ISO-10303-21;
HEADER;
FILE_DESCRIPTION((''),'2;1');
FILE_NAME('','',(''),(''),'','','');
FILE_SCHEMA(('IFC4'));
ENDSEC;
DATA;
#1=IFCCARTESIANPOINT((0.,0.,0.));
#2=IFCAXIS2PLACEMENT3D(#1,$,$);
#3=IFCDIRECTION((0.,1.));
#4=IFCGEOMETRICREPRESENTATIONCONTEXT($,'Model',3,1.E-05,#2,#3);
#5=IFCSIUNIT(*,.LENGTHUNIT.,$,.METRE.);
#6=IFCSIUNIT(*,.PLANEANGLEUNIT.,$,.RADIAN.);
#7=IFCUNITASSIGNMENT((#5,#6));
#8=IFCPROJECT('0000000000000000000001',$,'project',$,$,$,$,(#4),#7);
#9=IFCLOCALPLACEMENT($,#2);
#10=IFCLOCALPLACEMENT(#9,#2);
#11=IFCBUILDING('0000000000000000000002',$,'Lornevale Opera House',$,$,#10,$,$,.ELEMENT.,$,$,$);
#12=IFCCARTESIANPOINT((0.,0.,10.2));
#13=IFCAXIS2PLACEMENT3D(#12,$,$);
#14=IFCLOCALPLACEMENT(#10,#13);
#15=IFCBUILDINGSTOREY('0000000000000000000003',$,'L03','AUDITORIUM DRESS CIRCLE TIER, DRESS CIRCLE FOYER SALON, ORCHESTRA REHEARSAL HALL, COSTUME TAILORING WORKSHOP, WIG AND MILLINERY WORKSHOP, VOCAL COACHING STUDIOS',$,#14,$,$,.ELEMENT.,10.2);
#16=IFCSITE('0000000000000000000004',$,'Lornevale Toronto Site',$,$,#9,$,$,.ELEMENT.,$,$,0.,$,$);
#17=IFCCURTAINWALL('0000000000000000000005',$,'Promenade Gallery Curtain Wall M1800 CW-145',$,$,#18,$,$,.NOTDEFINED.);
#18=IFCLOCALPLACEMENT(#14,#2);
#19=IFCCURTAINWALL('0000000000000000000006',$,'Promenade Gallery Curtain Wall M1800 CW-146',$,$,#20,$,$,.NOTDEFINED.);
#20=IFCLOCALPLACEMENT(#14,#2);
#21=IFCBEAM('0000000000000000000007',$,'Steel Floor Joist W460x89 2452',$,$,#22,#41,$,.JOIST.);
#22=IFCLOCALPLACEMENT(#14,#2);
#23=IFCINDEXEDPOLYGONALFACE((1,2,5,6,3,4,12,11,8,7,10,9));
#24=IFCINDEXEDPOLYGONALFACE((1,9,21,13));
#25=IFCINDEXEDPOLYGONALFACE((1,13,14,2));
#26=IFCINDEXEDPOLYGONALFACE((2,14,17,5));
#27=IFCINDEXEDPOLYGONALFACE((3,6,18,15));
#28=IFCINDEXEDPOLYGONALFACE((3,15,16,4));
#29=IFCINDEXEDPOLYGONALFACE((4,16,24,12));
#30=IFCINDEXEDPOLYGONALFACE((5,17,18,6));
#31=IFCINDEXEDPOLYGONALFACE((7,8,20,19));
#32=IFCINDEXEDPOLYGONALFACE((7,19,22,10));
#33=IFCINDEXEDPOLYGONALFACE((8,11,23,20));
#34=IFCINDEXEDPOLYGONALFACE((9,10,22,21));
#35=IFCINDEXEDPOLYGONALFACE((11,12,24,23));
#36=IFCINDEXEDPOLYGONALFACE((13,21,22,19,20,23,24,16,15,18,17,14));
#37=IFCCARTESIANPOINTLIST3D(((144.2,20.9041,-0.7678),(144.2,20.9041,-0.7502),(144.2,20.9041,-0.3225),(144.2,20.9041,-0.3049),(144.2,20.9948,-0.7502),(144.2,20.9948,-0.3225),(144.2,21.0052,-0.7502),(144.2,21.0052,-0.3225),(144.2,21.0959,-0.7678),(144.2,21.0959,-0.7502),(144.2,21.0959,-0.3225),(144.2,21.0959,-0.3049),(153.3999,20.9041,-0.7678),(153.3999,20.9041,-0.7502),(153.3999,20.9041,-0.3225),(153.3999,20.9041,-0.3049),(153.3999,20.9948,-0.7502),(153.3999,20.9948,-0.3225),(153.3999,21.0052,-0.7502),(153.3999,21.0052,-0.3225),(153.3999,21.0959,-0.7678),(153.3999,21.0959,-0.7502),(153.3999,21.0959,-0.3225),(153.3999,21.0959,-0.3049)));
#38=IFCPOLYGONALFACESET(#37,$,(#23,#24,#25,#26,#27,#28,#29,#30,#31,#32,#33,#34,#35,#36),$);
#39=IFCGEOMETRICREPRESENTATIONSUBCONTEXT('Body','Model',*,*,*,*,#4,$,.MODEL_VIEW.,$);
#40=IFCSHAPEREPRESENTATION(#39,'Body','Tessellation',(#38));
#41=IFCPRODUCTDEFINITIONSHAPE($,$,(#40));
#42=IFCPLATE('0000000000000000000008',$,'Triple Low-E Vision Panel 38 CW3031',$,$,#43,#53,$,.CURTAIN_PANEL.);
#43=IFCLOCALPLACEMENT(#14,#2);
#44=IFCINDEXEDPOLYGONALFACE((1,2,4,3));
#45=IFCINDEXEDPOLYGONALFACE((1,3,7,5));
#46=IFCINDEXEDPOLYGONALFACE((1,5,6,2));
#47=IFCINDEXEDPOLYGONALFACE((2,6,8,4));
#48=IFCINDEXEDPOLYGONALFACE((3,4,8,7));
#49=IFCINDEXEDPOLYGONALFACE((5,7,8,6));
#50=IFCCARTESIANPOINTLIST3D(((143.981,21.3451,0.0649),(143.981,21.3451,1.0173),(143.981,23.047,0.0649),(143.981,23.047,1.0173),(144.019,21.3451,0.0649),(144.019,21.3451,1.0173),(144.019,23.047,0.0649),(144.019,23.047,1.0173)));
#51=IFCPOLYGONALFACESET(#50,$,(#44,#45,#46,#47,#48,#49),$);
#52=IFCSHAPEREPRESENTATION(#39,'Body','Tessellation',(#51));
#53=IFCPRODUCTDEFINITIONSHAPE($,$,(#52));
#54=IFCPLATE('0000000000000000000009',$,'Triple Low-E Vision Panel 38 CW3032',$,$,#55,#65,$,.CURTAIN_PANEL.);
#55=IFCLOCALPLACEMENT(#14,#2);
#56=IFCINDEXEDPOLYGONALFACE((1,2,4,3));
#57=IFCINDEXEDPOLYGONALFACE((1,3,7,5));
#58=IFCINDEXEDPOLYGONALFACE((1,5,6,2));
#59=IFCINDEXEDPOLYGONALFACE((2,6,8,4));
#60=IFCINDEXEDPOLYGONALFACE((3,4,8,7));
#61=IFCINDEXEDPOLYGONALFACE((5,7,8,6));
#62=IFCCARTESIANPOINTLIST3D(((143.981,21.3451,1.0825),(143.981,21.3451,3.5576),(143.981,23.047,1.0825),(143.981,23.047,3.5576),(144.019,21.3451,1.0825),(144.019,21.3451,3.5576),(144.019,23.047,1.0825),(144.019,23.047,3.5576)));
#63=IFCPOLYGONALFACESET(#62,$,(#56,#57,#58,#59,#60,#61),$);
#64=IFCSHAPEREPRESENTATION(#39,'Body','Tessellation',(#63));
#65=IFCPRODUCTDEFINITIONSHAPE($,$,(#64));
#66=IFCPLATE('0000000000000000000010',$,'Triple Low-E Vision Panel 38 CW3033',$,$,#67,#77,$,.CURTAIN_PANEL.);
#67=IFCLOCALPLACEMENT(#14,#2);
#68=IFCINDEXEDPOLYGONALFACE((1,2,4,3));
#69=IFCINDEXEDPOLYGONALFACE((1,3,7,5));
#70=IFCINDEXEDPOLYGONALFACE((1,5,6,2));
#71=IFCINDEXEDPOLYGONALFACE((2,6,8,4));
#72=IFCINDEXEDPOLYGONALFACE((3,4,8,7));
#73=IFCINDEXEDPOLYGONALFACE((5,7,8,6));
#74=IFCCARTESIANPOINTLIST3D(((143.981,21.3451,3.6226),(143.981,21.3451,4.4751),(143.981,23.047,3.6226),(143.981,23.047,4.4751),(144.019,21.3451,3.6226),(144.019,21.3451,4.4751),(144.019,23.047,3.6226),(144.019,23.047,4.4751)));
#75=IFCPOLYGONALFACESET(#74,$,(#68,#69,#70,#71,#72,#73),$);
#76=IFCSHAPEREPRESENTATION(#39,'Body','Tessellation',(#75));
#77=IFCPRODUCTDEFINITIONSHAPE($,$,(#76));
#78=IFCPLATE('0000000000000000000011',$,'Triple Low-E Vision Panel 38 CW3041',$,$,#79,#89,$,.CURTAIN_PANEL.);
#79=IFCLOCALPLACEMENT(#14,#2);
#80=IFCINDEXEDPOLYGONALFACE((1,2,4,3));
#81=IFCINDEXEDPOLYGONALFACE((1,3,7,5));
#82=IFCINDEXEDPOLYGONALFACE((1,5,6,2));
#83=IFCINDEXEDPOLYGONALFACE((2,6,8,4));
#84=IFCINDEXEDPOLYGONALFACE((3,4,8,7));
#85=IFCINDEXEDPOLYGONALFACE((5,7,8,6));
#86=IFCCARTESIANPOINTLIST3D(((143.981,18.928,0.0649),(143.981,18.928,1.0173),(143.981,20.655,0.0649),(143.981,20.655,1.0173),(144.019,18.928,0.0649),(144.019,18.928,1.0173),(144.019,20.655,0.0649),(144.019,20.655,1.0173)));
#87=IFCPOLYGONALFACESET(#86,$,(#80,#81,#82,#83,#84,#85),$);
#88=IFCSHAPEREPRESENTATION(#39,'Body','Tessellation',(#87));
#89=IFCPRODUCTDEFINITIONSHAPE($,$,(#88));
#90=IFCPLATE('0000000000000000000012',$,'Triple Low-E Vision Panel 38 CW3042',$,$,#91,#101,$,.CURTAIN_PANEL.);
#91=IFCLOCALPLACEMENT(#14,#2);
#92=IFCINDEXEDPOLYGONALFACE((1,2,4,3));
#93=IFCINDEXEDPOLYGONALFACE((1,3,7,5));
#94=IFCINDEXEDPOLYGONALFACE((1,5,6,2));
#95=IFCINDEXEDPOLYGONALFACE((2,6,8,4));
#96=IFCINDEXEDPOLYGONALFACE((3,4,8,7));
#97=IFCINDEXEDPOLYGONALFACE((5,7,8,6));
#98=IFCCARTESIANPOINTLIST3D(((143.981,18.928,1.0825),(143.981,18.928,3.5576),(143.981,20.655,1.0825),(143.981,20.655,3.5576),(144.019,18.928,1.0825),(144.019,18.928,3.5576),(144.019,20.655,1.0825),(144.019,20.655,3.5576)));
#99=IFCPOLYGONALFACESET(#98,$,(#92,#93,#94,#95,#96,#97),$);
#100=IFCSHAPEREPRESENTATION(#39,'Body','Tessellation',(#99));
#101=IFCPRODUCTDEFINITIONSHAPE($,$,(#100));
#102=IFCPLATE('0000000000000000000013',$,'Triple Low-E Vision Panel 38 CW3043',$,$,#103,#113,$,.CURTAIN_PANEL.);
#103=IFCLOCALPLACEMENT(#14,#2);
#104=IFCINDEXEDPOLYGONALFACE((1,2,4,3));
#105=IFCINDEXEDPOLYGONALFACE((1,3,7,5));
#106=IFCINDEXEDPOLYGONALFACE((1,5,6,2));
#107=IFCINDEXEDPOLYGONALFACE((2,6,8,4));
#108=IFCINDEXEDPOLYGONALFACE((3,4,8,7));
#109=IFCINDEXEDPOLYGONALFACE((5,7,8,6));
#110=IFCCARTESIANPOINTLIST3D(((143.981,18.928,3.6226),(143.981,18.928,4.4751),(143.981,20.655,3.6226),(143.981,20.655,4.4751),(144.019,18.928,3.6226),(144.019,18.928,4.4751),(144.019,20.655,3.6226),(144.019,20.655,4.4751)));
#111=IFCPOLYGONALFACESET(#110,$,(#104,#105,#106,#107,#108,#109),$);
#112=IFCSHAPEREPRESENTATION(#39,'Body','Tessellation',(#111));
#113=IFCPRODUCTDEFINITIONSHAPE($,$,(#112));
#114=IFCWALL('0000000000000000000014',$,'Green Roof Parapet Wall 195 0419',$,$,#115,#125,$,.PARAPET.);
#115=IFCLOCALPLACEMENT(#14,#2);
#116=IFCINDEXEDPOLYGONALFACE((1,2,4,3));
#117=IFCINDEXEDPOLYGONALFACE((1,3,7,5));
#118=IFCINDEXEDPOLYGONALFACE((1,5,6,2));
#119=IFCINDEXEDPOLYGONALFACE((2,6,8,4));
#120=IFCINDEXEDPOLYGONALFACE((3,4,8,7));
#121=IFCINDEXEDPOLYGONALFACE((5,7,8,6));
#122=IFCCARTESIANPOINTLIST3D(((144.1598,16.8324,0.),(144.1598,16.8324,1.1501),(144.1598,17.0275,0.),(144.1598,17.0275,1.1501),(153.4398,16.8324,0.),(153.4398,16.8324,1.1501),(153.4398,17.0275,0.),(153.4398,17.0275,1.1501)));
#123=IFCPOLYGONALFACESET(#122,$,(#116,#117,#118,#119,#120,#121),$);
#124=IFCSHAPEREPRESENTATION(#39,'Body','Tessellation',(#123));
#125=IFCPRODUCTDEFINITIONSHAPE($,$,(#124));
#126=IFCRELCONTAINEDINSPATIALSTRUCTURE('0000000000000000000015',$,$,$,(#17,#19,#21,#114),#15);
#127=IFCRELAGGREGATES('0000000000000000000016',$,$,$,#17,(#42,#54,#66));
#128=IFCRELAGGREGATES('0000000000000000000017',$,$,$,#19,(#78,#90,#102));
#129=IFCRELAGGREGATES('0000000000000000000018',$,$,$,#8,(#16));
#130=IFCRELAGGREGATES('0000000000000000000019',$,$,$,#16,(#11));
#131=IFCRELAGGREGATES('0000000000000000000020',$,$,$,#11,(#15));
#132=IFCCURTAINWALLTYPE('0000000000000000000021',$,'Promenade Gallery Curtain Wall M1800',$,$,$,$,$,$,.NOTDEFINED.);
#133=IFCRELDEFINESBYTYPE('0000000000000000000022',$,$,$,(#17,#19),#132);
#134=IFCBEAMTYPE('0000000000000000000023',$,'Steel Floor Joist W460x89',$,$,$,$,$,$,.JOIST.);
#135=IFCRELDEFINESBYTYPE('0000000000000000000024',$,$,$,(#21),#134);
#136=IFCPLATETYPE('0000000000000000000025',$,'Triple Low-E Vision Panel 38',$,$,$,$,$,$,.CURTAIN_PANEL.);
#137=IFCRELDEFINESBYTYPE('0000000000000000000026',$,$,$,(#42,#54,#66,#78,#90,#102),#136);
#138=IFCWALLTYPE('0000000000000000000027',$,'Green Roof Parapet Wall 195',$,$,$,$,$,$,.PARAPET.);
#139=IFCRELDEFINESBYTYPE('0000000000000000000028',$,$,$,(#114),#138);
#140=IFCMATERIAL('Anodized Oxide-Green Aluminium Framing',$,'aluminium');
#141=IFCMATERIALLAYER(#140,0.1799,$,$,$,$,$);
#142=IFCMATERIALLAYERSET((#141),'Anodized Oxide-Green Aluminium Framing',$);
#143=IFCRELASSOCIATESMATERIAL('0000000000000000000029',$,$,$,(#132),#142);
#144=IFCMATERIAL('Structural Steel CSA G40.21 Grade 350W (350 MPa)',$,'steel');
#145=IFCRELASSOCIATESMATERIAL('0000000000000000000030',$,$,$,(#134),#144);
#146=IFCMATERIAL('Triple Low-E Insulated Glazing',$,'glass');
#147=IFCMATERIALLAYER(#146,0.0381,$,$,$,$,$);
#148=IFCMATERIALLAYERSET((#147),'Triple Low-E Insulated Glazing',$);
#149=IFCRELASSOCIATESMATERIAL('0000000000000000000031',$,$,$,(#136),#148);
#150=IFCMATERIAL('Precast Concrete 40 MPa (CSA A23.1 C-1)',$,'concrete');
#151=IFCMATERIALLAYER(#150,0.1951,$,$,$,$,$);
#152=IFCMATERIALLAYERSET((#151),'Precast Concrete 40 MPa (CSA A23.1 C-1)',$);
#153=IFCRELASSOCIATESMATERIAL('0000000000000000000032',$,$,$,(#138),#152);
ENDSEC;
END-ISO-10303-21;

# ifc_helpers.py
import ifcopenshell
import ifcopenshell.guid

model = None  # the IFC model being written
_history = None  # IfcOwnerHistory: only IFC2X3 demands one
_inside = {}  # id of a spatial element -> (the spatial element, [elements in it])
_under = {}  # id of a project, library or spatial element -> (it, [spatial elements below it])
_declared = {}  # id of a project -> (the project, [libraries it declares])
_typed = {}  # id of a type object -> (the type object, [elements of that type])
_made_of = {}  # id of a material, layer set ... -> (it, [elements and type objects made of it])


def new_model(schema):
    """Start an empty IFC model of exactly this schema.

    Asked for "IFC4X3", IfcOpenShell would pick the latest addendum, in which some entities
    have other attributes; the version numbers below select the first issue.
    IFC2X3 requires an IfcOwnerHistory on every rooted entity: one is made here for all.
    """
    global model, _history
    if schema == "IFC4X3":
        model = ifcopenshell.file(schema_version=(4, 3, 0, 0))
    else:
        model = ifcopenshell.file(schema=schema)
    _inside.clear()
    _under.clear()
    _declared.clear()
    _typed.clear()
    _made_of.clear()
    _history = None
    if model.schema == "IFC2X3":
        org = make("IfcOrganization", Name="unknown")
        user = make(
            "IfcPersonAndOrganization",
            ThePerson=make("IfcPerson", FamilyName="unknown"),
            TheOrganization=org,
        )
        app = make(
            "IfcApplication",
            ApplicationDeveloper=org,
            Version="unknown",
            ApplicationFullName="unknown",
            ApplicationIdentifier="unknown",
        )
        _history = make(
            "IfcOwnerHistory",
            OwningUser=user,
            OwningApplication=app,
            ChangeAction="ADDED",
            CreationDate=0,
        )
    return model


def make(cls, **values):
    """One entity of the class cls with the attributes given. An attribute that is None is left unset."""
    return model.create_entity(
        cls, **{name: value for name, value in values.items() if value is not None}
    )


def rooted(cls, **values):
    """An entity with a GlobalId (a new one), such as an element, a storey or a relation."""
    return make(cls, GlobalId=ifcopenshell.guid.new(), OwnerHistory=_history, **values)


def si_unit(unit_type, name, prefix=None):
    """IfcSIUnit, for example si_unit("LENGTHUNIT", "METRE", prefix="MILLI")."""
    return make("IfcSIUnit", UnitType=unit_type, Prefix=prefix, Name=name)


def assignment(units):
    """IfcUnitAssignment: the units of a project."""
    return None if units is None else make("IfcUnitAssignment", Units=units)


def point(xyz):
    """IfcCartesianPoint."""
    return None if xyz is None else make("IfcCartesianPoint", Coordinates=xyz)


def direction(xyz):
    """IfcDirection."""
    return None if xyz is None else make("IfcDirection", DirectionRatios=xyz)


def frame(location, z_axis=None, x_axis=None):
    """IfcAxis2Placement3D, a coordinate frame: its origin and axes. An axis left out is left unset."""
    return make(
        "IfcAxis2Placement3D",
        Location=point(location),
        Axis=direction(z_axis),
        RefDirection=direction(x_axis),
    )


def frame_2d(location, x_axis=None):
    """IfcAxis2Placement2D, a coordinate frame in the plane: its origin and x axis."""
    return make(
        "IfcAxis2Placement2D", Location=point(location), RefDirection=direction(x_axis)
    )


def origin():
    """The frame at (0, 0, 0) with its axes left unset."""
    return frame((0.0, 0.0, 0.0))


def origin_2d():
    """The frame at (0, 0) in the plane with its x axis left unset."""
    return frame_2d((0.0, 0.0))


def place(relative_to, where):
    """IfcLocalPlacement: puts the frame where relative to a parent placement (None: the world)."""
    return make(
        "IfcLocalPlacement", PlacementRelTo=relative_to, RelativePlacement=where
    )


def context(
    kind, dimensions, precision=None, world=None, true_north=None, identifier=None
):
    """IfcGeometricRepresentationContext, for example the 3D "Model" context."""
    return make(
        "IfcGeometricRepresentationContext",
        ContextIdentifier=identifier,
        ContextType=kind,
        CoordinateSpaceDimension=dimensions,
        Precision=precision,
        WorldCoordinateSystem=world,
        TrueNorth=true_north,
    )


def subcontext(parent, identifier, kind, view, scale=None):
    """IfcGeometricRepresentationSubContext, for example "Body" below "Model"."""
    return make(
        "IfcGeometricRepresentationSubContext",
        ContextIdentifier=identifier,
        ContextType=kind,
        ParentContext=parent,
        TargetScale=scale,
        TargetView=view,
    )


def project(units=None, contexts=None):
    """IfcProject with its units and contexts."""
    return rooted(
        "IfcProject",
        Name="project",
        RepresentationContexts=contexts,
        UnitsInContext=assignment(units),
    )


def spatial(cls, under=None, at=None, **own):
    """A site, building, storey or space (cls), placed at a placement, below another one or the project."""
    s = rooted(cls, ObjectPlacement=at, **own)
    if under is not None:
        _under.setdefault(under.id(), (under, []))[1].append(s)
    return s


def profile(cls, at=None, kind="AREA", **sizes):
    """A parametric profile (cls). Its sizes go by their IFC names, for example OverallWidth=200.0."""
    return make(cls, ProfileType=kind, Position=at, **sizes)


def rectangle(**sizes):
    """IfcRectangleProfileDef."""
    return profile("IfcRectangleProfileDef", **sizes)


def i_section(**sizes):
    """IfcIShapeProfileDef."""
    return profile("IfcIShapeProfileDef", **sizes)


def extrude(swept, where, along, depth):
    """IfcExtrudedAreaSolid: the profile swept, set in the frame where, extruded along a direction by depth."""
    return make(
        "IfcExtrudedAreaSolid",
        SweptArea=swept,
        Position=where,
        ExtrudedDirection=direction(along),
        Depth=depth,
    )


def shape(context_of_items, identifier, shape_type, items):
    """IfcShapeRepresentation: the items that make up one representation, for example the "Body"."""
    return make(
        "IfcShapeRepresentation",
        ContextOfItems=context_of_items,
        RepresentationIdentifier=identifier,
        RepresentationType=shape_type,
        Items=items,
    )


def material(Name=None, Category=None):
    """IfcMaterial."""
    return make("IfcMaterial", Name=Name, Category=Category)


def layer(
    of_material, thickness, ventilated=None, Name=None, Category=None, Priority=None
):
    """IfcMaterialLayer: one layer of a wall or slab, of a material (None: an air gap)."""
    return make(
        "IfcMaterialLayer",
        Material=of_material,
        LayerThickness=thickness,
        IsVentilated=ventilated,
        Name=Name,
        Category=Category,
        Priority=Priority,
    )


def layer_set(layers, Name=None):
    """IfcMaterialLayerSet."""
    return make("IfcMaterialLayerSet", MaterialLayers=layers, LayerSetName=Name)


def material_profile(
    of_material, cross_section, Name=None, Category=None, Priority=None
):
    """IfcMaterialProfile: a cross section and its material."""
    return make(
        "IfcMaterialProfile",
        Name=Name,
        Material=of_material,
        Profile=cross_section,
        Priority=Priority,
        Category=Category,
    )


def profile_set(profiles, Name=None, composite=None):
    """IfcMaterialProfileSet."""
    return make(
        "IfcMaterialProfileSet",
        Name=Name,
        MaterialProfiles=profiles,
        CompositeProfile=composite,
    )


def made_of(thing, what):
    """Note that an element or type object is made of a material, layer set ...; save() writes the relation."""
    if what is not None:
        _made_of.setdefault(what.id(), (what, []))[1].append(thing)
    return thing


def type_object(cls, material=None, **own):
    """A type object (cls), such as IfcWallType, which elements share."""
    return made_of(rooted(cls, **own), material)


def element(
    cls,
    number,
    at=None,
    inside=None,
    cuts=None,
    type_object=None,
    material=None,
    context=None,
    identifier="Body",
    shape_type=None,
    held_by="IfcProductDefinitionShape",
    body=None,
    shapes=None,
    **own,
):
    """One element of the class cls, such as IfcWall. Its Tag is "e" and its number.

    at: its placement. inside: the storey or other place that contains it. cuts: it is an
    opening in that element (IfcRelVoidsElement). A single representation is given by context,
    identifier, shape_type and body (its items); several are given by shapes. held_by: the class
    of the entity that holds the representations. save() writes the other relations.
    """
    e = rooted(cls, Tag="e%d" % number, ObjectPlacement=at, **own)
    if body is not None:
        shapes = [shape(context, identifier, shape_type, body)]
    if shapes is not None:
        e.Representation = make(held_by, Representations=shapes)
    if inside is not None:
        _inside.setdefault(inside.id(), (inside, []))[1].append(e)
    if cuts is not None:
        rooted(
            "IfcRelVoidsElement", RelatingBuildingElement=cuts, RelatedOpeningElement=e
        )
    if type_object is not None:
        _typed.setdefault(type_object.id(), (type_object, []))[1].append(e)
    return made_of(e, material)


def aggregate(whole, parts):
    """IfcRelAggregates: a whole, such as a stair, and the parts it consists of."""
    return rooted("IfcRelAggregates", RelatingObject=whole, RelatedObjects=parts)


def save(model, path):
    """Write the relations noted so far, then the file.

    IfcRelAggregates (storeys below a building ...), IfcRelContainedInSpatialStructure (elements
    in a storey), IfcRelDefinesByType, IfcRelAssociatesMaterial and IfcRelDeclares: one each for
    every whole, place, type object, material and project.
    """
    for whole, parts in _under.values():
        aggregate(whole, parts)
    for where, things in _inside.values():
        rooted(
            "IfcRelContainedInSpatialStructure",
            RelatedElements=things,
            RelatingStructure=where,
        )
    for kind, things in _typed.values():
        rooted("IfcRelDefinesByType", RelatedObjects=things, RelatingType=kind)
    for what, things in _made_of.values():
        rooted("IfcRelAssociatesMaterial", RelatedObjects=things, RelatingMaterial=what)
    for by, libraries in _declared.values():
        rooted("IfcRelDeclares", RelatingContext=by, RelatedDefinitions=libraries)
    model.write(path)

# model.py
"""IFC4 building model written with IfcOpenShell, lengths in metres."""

from ifc_helpers import new_model, si_unit, direction, frame, frame_2d, origin, origin_2d, place, context, subcontext, project, spatial, rectangle, i_section, extrude, material, layer, layer_set, material_profile, profile_set, type_object, element, aggregate, save


model = new_model("IFC4")

# Units and contexts
model_context = context("Model", 3, precision=1e-05, world=origin(), true_north=direction((0.0, 1.0)))
body_context = subcontext(model_context, "Body", "Model", "MODEL_VIEW")
ifc_project = project(units=[si_unit("LENGTHUNIT", "METRE"), si_unit("PLANEANGLEUNIT", "RADIAN")], contexts=[model_context])

# Site, building, storey
site_placement = place(None, origin())
site = spatial("IfcSite", under=ifc_project, at=site_placement, Name="Lornevale Toronto Site", CompositionType="ELEMENT", RefElevation=0.0)
building_placement = place(site_placement, origin())
building = spatial("IfcBuilding", under=site, at=building_placement, Name="Lornevale Opera House", CompositionType="ELEMENT")
storey_placement = place(building_placement, frame((0.0, 0.0, 10.2)))
storey = spatial("IfcBuildingStorey", under=building, at=storey_placement, Name="L03", Description="AUDITORIUM DRESS CIRCLE TIER, DRESS CIRCLE FOYER SALON, ORCHESTRA REHEARSAL HALL, COSTUME TAILORING WORKSHOP, WIG AND MILLINERY WORKSHOP, VOCAL COACHING STUDIOS", CompositionType="ELEMENT", Elevation=10.2)

# Curtain walls
ifc_material_1 = material(Name="Anodized Oxide-Green Aluminium Framing", Category="aluminium")
ifc_layer_1 = layer(ifc_material_1, 0.1799)
ifc_layer_set_1 = layer_set([ifc_layer_1], Name="Anodized Oxide-Green Aluminium Framing")
curtain_wall_type = type_object("IfcCurtainWallType", Name="Promenade Gallery Curtain Wall M1800", PredefinedType="NOTDEFINED", material=ifc_layer_set_1)
curtain_wall_1_placement = place(storey_placement, origin())
curtain_wall_1 = element("IfcCurtainWall", 1, at=curtain_wall_1_placement, inside=storey, type_object=curtain_wall_type, Name="Promenade Gallery Curtain Wall M1800 CW-145", PredefinedType="NOTDEFINED")
curtain_wall_2_placement = place(storey_placement, origin())
curtain_wall_2 = element("IfcCurtainWall", 2, at=curtain_wall_2_placement, inside=storey, type_object=curtain_wall_type, Name="Promenade Gallery Curtain Wall M1800 CW-146", PredefinedType="NOTDEFINED")

# Beam
ifc_material_2 = material(Name="Structural Steel CSA G40.21 Grade 350W (350 MPa)", Category="steel")
ifc_material_profile_1 = material_profile(ifc_material_2, i_section(OverallWidth=0.1919, OverallDepth=0.4629, WebThickness=0.0105, FlangeThickness=0.0176, at=origin_2d()), Name="W460x89")
ifc_profile_set_1 = profile_set([ifc_material_profile_1], Name="Structural Steel CSA G40.21 Grade 350W (350 MPa)")
beam_type_1 = type_object("IfcBeamType", Name="Steel Floor Joist W460x89", PredefinedType="JOIST", material=ifc_profile_set_1)
beam_1_placement = place(storey_placement, frame((144.2, 21.0, -0.5364), z_axis=(1.0, 0.0, 0.0), x_axis=(0.0, 1.0, 0.0)))
element("IfcBeam", 3, at=beam_1_placement, inside=storey, type_object=beam_type_1, Name="Steel Floor Joist W460x89 2452", PredefinedType="JOIST", context=body_context, shape_type="SweptSolid", body=[
    extrude(i_section(OverallWidth=0.1919, OverallDepth=0.4629, WebThickness=0.0105, FlangeThickness=0.0176, at=origin_2d()), origin(), (0.0, 0.0, 1.0), 9.2),
])

# Plates
ifc_material_3 = material(Name="Triple Low-E Insulated Glazing", Category="glass")
ifc_layer_2 = layer(ifc_material_3, 0.0381)
ifc_layer_set_2 = layer_set([ifc_layer_2], Name="Triple Low-E Insulated Glazing")
plate_type = type_object("IfcPlateType", Name="Triple Low-E Vision Panel 38", PredefinedType="CURTAIN_PANEL", material=ifc_layer_set_2)
plate_1_placement = place(storey_placement, frame((144.0, 22.196, 0.0649), z_axis=(0.0, 0.0, 1.0), x_axis=(0.0, -1.0, 0.0)))
plate_1 = element("IfcPlate", 4, at=plate_1_placement, type_object=plate_type, Name="Triple Low-E Vision Panel 38 CW3031", PredefinedType="CURTAIN_PANEL", context=body_context, shape_type="SweptSolid", body=[
    extrude(rectangle(XDim=1.7019, YDim=0.0381, at=origin_2d()), origin(), (0.0, 0.0, 1.0), 0.9524),
])
plate_2_placement = place(storey_placement, frame((144.0, 22.196, 1.0825), z_axis=(0.0, 0.0, 1.0), x_axis=(0.0, -1.0, 0.0)))
plate_2 = element("IfcPlate", 5, at=plate_2_placement, type_object=plate_type, Name="Triple Low-E Vision Panel 38 CW3032", PredefinedType="CURTAIN_PANEL", context=body_context, shape_type="SweptSolid", body=[
    extrude(rectangle(XDim=1.7019, YDim=0.0381, at=origin_2d()), origin(), (0.0, 0.0, 1.0), 2.4751),
])
plate_3_placement = place(storey_placement, frame((144.0, 22.196, 3.6226), z_axis=(0.0, 0.0, 1.0), x_axis=(0.0, -1.0, 0.0)))
plate_3 = element("IfcPlate", 6, at=plate_3_placement, type_object=plate_type, Name="Triple Low-E Vision Panel 38 CW3033", PredefinedType="CURTAIN_PANEL", context=body_context, shape_type="SweptSolid", body=[
    extrude(rectangle(XDim=1.7019, YDim=0.0381, at=origin_2d()), origin(), (0.0, 0.0, 1.0), 0.8525),
])
aggregate(curtain_wall_1, [plate_1, plate_2, plate_3])
plate_4_placement = place(storey_placement, frame((144.0, 19.7915, 0.0649), z_axis=(0.0, 0.0, 1.0), x_axis=(0.0, -1.0, 0.0)))
plate_4 = element("IfcPlate", 7, at=plate_4_placement, type_object=plate_type, Name="Triple Low-E Vision Panel 38 CW3041", PredefinedType="CURTAIN_PANEL", context=body_context, shape_type="SweptSolid", body=[
    extrude(rectangle(XDim=1.7271, YDim=0.0381, at=origin_2d()), origin(), (0.0, 0.0, 1.0), 0.9524),
])
plate_5_placement = place(storey_placement, frame((144.0, 19.7915, 1.0825), z_axis=(0.0, 0.0, 1.0), x_axis=(0.0, -1.0, 0.0)))
plate_5 = element("IfcPlate", 8, at=plate_5_placement, type_object=plate_type, Name="Triple Low-E Vision Panel 38 CW3042", PredefinedType="CURTAIN_PANEL", context=body_context, shape_type="SweptSolid", body=[
    extrude(rectangle(XDim=1.7271, YDim=0.0381, at=origin_2d()), origin(), (0.0, 0.0, 1.0), 2.4751),
])
plate_6_placement = place(storey_placement, frame((144.0, 19.7915, 3.6226), z_axis=(0.0, 0.0, 1.0), x_axis=(0.0, -1.0, 0.0)))
plate_6 = element("IfcPlate", 9, at=plate_6_placement, type_object=plate_type, Name="Triple Low-E Vision Panel 38 CW3043", PredefinedType="CURTAIN_PANEL", context=body_context, shape_type="SweptSolid", body=[
    extrude(rectangle(XDim=1.7271, YDim=0.0381, at=origin_2d()), origin(), (0.0, 0.0, 1.0), 0.8525),
])
aggregate(curtain_wall_2, [plate_4, plate_5, plate_6])

# Wall
ifc_material_4 = material(Name="Precast Concrete 40 MPa (CSA A23.1 C-1)", Category="concrete")
ifc_layer_3 = layer(ifc_material_4, 0.1951)
ifc_layer_set_3 = layer_set([ifc_layer_3], Name="Precast Concrete 40 MPa (CSA A23.1 C-1)")
wall_type = type_object("IfcWallType", Name="Green Roof Parapet Wall 195", PredefinedType="PARAPET", material=ifc_layer_set_3)
wall_placement = place(storey_placement, frame((153.4399, 16.9299, 0.0), z_axis=(0.0, 0.0, 1.0), x_axis=(-1.0, 0.0, 0.0)))
element("IfcWall", 10, at=wall_placement, inside=storey, type_object=wall_type, Name="Green Roof Parapet Wall 195 0419", PredefinedType="PARAPET", context=body_context, shape_type="SweptSolid", body=[
    extrude(rectangle(XDim=9.28, YDim=0.1951, at=frame_2d((4.6401, 0.0))), origin(), (0.0, 0.0, 1.0), 1.1501),
])

save(model, "model.ifc")
